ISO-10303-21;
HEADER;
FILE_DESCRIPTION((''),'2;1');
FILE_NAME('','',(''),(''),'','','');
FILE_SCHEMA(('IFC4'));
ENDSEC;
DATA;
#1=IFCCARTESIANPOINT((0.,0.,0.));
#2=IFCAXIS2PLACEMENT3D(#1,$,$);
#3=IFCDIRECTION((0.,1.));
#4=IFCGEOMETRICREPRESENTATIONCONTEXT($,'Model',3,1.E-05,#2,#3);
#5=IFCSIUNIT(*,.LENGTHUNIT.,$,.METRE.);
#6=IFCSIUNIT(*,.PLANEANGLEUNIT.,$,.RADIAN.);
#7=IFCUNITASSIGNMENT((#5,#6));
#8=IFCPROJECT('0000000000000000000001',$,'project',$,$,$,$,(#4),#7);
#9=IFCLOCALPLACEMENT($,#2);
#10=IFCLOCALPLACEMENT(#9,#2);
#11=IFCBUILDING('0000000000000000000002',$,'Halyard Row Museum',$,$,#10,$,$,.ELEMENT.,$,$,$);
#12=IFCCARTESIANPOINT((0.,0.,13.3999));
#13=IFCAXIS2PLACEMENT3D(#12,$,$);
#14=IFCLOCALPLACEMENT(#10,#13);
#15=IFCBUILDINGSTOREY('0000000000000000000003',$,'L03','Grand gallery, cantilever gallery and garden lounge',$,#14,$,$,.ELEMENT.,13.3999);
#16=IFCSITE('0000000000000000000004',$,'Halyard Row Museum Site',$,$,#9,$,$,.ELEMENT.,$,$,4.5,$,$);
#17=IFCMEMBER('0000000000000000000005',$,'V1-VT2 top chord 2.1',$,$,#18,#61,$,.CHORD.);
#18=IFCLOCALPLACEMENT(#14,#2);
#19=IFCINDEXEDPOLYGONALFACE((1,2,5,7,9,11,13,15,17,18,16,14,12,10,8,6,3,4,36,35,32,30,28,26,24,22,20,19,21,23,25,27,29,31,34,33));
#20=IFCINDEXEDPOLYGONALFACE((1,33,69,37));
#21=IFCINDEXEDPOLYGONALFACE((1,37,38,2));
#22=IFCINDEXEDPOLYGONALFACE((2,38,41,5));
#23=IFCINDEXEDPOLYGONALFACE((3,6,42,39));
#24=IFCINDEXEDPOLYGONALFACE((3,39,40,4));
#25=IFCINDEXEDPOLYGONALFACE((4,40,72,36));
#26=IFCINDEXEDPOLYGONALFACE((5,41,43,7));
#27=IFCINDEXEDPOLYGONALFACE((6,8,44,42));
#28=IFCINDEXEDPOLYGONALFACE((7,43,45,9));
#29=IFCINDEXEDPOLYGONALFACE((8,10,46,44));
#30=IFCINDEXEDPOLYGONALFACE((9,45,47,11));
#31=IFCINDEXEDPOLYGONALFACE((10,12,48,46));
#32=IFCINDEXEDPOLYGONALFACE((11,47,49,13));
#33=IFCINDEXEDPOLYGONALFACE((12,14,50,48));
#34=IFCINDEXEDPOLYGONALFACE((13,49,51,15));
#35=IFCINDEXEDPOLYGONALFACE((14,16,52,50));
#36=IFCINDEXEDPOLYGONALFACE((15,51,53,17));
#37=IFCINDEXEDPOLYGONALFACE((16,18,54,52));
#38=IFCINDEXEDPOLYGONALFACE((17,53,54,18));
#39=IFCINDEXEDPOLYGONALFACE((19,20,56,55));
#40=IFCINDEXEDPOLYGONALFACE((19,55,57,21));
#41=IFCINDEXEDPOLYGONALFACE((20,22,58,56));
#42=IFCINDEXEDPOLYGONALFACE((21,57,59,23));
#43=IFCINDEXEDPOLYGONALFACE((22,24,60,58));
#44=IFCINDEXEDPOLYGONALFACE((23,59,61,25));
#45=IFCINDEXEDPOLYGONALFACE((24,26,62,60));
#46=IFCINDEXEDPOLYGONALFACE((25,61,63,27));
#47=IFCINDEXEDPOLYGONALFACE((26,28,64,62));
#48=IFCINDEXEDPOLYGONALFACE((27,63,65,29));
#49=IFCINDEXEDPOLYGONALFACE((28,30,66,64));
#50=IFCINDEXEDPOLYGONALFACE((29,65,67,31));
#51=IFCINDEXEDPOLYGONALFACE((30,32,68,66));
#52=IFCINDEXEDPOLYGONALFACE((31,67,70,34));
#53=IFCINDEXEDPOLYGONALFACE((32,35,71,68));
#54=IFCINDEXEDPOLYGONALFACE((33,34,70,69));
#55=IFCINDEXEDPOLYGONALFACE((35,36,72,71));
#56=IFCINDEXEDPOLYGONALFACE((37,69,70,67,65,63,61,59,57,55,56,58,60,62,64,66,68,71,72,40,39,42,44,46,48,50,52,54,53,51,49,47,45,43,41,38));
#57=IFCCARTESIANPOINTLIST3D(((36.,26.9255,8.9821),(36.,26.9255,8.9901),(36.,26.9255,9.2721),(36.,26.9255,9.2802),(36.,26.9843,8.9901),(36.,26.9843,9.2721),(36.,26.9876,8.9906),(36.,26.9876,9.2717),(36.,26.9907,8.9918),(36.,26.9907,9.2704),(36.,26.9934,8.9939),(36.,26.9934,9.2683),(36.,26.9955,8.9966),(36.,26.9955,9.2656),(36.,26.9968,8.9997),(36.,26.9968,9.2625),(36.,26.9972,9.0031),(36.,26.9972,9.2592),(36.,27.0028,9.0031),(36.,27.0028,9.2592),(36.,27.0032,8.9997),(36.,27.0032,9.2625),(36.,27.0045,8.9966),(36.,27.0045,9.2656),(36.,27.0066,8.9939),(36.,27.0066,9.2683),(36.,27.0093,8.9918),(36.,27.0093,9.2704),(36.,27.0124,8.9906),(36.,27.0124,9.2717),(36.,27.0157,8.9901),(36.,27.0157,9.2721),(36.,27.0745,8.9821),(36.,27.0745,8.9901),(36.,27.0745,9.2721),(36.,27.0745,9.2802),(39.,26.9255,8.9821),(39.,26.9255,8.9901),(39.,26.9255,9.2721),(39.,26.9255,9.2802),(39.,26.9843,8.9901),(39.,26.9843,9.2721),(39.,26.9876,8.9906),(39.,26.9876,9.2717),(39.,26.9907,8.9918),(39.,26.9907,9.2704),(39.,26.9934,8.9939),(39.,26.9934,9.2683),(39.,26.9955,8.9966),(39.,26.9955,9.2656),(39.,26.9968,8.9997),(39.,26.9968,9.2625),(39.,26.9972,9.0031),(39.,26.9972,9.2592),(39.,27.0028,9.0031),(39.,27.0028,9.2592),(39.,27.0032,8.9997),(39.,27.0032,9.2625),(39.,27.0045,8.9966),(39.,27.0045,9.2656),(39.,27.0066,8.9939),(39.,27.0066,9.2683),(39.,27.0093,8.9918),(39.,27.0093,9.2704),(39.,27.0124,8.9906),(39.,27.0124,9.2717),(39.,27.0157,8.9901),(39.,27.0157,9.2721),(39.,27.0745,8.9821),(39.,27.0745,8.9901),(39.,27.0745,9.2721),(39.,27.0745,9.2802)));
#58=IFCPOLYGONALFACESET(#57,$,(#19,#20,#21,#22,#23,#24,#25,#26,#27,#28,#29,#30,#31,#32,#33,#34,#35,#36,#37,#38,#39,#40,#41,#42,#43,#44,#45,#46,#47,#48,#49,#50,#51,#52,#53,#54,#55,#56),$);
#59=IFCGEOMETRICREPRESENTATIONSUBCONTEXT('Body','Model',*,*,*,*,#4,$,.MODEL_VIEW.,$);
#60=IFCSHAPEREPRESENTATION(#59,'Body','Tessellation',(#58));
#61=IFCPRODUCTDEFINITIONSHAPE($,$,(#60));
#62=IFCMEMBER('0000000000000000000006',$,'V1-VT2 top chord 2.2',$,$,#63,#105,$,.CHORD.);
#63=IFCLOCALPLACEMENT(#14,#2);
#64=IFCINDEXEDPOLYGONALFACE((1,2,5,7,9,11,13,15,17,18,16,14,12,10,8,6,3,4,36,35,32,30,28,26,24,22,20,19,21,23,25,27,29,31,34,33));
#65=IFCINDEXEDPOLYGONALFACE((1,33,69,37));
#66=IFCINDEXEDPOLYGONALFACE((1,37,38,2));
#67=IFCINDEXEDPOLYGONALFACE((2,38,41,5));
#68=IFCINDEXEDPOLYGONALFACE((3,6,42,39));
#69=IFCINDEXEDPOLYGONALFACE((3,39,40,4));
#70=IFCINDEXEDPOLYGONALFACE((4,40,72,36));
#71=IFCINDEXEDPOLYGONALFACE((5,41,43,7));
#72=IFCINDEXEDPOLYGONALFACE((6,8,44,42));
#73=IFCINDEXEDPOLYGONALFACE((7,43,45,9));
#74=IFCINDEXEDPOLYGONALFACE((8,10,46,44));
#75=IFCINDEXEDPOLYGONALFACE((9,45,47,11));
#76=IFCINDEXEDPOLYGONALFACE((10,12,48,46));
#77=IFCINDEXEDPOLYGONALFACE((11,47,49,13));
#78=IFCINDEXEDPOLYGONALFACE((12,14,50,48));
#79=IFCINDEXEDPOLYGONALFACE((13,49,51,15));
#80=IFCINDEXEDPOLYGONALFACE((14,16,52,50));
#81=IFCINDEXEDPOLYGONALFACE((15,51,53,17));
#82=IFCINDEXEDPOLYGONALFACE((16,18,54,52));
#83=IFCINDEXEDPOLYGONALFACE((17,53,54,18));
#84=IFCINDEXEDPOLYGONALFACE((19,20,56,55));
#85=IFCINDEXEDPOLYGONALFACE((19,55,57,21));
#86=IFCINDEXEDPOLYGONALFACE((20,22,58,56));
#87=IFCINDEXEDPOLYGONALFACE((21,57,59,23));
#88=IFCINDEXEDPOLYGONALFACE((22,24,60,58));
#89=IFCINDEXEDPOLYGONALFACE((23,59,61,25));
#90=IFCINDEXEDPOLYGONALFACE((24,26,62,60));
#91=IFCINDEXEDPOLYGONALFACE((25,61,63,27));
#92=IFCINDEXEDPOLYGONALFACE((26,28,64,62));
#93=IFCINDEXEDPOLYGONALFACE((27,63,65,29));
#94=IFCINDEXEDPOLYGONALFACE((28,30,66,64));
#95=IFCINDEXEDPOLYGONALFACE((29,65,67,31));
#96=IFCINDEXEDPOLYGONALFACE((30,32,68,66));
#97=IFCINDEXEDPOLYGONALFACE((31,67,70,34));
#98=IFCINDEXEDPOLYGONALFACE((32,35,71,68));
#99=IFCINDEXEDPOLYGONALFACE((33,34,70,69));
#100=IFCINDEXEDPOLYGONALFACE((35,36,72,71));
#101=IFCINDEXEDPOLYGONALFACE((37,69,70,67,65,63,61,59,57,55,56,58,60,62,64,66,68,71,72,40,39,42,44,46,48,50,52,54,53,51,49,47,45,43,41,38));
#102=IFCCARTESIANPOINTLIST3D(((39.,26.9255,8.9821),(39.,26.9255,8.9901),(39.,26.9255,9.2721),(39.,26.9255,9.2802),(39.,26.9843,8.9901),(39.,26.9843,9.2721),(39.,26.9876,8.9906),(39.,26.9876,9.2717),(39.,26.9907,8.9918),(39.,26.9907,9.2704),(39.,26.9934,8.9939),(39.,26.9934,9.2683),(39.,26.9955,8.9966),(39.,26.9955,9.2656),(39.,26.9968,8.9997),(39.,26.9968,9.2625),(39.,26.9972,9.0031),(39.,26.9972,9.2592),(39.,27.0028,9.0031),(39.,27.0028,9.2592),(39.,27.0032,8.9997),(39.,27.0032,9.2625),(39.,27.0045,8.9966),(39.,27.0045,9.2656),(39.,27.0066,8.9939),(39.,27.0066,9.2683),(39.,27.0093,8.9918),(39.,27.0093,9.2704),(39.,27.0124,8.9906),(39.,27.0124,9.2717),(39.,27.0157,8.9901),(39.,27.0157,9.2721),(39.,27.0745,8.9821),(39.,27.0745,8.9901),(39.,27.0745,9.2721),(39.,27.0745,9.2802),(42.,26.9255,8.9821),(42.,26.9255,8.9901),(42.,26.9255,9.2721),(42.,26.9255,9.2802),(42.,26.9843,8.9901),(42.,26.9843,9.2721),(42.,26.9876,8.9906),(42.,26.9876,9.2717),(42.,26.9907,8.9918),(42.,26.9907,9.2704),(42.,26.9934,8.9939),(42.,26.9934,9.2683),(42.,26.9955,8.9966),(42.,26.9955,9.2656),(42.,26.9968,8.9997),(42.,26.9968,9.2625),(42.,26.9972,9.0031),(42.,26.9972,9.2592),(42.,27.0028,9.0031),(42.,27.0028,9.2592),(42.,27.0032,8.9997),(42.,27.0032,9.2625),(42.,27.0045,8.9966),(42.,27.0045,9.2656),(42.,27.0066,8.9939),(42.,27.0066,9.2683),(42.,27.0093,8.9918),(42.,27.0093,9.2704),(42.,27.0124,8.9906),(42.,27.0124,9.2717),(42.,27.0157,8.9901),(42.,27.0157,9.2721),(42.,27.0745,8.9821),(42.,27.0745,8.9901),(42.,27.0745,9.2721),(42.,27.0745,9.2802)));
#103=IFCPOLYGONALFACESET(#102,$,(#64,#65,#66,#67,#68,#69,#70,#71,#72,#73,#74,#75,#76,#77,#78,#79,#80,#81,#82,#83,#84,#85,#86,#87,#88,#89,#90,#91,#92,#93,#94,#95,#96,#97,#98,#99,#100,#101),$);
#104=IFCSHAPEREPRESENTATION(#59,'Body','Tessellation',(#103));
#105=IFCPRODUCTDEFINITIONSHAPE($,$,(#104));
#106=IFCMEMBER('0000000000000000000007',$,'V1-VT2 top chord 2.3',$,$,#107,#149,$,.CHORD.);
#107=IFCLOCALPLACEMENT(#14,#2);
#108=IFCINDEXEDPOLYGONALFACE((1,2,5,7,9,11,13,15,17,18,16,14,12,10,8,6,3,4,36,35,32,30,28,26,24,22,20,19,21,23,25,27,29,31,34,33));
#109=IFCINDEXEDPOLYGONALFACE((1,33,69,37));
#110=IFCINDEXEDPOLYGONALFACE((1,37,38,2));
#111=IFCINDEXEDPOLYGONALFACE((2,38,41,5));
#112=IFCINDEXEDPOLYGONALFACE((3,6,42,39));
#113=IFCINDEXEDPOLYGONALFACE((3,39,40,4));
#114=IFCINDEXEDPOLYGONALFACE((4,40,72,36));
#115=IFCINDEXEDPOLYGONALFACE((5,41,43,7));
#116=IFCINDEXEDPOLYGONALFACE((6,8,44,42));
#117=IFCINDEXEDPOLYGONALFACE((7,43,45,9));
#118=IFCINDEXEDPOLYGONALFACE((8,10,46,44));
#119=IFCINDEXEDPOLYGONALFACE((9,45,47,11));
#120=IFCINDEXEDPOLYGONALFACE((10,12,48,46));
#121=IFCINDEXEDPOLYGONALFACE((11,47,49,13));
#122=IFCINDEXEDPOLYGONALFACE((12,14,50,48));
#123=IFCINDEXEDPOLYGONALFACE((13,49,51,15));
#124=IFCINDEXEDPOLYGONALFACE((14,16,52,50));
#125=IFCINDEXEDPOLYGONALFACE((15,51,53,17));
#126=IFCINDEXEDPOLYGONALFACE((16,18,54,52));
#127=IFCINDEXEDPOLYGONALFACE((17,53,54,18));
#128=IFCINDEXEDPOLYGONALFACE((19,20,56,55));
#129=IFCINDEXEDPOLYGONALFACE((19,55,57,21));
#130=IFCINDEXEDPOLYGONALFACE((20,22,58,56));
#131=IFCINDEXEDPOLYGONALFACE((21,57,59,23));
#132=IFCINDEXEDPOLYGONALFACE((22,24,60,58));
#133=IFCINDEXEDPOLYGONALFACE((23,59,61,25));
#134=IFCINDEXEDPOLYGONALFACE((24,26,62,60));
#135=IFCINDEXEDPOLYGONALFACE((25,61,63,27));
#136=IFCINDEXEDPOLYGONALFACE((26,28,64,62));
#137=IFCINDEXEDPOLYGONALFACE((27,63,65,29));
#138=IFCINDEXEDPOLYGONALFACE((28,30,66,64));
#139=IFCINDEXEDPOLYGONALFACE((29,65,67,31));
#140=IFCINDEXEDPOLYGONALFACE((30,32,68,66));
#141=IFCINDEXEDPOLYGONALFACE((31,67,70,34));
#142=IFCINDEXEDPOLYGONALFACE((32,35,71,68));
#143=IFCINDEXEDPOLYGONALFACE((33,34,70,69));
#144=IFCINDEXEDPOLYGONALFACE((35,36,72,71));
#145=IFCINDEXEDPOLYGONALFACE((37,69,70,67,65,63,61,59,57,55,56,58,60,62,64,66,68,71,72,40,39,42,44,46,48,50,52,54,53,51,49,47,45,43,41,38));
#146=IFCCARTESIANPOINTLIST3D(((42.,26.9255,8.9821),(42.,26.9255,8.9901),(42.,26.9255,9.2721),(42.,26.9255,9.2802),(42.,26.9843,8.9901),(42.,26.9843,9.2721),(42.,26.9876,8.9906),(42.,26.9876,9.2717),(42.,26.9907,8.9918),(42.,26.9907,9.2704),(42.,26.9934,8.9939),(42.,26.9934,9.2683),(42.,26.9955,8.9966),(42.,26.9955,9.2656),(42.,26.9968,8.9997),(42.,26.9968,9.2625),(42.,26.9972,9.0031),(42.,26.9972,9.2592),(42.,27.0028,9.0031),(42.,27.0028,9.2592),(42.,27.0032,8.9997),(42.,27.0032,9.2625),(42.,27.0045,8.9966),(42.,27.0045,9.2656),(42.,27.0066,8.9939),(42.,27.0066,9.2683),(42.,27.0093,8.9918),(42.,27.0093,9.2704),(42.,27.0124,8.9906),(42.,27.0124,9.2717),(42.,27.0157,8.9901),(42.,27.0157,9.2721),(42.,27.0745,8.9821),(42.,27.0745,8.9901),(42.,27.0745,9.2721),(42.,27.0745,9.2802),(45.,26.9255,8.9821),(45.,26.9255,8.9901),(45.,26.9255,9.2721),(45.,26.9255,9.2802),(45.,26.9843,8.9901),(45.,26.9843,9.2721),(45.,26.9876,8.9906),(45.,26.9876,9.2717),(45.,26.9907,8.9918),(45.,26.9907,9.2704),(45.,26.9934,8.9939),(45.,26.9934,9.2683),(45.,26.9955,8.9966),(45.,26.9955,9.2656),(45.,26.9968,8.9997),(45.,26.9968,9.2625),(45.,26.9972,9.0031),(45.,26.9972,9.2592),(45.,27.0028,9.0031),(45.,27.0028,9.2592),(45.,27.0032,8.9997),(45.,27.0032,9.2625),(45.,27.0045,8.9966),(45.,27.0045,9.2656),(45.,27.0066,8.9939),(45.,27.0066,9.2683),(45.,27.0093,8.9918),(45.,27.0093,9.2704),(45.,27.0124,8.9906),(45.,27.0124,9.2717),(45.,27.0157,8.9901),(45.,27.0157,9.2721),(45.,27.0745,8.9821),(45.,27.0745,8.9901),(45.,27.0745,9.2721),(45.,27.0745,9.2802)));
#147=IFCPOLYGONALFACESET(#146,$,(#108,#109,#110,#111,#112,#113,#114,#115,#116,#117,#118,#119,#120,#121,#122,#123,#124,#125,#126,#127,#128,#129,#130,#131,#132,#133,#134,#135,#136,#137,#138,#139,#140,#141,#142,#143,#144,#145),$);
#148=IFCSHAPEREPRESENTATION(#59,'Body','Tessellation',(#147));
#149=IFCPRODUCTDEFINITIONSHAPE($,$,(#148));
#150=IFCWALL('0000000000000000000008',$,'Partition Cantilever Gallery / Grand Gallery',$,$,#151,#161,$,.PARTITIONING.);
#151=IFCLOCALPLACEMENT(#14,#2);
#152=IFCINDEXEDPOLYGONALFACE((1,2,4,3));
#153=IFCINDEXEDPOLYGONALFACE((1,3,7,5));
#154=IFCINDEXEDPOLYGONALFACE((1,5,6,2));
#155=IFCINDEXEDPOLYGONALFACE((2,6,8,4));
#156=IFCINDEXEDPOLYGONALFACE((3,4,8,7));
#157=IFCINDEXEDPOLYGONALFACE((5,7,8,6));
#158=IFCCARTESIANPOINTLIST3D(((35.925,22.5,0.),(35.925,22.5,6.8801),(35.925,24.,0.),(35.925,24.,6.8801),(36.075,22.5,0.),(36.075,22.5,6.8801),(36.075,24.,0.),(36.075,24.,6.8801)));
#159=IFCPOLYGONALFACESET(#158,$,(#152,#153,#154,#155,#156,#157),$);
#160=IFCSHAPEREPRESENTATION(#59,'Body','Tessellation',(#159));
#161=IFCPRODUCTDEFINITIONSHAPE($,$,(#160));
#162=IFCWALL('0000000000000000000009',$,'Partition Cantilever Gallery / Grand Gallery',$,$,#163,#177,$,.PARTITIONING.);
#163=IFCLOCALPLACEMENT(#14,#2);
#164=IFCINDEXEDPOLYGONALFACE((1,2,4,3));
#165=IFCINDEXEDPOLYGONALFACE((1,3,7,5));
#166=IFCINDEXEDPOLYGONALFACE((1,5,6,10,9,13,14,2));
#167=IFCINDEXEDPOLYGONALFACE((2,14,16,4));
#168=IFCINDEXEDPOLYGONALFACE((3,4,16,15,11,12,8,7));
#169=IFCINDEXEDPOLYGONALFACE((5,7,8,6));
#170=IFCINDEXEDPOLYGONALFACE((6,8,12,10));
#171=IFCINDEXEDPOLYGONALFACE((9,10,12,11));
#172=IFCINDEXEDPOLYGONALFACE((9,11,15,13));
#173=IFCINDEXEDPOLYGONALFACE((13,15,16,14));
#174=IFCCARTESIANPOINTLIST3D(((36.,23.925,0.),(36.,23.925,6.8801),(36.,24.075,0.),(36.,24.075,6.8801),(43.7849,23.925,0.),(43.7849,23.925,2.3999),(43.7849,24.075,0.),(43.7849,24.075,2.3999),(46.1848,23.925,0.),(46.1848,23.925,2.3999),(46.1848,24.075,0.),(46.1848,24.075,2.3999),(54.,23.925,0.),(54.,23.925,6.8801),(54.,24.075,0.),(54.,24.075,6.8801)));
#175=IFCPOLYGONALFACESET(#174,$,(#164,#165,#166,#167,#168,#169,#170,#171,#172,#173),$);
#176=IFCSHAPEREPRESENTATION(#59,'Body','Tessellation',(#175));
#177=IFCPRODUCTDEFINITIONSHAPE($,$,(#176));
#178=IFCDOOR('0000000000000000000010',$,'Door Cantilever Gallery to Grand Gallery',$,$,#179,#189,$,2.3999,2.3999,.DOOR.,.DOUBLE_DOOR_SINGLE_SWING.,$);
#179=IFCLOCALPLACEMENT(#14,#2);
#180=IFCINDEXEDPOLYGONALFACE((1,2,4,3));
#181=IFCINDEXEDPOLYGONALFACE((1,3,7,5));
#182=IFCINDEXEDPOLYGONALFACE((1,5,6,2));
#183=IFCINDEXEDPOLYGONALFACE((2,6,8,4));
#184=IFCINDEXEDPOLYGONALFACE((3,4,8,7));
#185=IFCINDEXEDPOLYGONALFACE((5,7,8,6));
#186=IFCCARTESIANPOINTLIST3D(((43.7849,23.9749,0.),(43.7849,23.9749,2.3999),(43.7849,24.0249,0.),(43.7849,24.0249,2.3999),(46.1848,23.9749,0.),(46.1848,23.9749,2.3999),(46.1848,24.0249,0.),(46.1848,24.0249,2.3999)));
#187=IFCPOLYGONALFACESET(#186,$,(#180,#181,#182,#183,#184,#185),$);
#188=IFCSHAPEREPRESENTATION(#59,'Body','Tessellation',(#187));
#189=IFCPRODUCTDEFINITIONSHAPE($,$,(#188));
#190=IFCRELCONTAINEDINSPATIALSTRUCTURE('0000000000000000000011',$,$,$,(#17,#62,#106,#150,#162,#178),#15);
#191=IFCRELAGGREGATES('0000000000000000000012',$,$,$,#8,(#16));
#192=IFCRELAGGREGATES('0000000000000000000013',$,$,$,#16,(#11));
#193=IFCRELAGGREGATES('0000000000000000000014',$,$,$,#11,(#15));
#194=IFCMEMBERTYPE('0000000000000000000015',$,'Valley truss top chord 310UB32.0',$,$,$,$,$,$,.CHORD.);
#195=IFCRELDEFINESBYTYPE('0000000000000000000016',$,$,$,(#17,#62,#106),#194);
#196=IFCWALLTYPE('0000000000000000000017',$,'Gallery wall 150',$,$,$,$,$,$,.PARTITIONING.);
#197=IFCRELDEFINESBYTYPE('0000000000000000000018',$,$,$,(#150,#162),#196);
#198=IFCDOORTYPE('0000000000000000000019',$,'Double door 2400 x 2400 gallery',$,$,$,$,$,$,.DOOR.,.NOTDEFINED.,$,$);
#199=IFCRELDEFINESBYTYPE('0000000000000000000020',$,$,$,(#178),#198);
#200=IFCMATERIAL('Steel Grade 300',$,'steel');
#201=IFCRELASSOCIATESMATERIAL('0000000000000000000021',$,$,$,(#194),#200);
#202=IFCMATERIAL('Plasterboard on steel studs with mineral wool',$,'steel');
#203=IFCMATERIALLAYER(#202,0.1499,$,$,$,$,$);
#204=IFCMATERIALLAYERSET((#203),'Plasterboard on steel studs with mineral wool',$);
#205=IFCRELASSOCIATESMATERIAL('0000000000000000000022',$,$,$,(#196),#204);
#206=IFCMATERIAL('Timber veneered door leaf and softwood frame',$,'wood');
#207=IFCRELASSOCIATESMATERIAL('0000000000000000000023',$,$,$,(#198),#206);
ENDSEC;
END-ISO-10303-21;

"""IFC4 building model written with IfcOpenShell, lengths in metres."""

from ifc_helpers import new_model, si_unit, direction, frame, frame_2d, origin, origin_2d, place, context, subcontext, project, spatial, rectangle, i_section, extrude, material, layer, layer_set, material_profile, profile_set, type_object, element, fill, save


model = new_model("IFC4")

# Units and contexts
model_context = context("Model", 3, precision=1e-05, world=origin(), true_north=direction((0.0, 1.0)))
body_context = subcontext(model_context, "Body", "Model", "MODEL_VIEW")
ifc_project = project(units=[si_unit("LENGTHUNIT", "METRE"), si_unit("PLANEANGLEUNIT", "RADIAN")], contexts=[model_context])

# Site, building, storey
site_placement = place(None, origin())
site = spatial("IfcSite", under=ifc_project, at=site_placement, Name="Halyard Row Museum Site", CompositionType="ELEMENT", RefElevation=4.5)
building_placement = place(site_placement, origin())
building = spatial("IfcBuilding", under=site, at=building_placement, Name="Halyard Row Museum", CompositionType="ELEMENT")
storey_placement = place(building_placement, frame((0.0, 0.0, 13.3999)))
storey = spatial("IfcBuildingStorey", under=building, at=storey_placement, Name="L03", Description="Grand gallery, cantilever gallery and garden lounge", CompositionType="ELEMENT", Elevation=13.3999)

# Members
ifc_material_1 = material(Name="Steel Grade 300", Category="steel")
ifc_material_profile_1 = material_profile(ifc_material_1, i_section(OverallWidth=0.1489, OverallDepth=0.2981, WebThickness=0.0056, FlangeThickness=0.0081, FilletRadius=0.0129, at=origin_2d()), Name="310UB32.0")
ifc_profile_set_1 = profile_set([ifc_material_profile_1], Name="Steel Grade 300")
member_type_1 = type_object("IfcMemberType", Name="Valley truss top chord 310UB32.0", PredefinedType="CHORD", material=ifc_profile_set_1)
for number, where, z_axis, x_axis, name in (
    (1, (36.0, 27.0, 9.1311), (1.0, 0.0, 0.0), (0.0, 1.0, 0.0), "V1-VT2 top chord 2.1"),
    (2, (39.0, 27.0, 9.1311), (1.0, 0.0, 0.0), (0.0, 1.0, 0.0), "V1-VT2 top chord 2.2"),
    (3, (42.0, 27.0, 9.1311), (1.0, 0.0, 0.0), (0.0, 1.0, 0.0), "V1-VT2 top chord 2.3"),
):
    element("IfcMember", number, at=place(storey_placement, frame(where, z_axis=z_axis, x_axis=x_axis)), inside=storey, type_object=member_type_1, Name=name, PredefinedType="CHORD", context=body_context, shape_type="SweptSolid", body=[
        extrude(i_section(OverallWidth=0.1489, OverallDepth=0.2981, WebThickness=0.0056, FlangeThickness=0.0081, FilletRadius=0.0129, at=origin_2d()), origin(), (0.0, 0.0, 1.0), 3.0),
    ])

# Wall
ifc_material_2 = material(Name="Plasterboard on steel studs with mineral wool", Category="steel")
ifc_layer = layer(ifc_material_2, 0.1499)
ifc_layer_set = layer_set([ifc_layer], Name="Plasterboard on steel studs with mineral wool")
wall_type = type_object("IfcWallType", Name="Gallery wall 150", PredefinedType="PARTITIONING", material=ifc_layer_set)
wall_1_placement = place(storey_placement, frame((36.0, 22.5, 0.0), z_axis=(0.0, 0.0, 1.0), x_axis=(0.0, 1.0, 0.0)))
element("IfcWall", 4, at=wall_1_placement, inside=storey, type_object=wall_type, Name="Partition Cantilever Gallery / Grand Gallery", PredefinedType="PARTITIONING", context=body_context, shape_type="SweptSolid", body=[
    extrude(rectangle(XDim=1.5, YDim=0.1499, at=frame_2d((0.75, 0.0))), origin(), (0.0, 0.0, 1.0), 6.8801),
])

# Wall, opening, door
wall_2_placement = place(storey_placement, frame((36.0, 24.0, 0.0), z_axis=(0.0, 0.0, 1.0), x_axis=(1.0, 0.0, 0.0)))
wall_2 = element("IfcWall", 5, at=wall_2_placement, inside=storey, type_object=wall_type, Name="Partition Cantilever Gallery / Grand Gallery", PredefinedType="PARTITIONING", context=body_context, shape_type="SweptSolid", body=[
    extrude(rectangle(XDim=18.0, YDim=0.1499, at=frame_2d((9.0, 0.0))), origin(), (0.0, 0.0, 1.0), 6.8801),
])
opening_placement = place(wall_2_placement, frame((7.7849, 0.0, 0.0)))
opening = element("IfcOpeningElement", 6, at=opening_placement, cuts=wall_2, PredefinedType="OPENING", context=body_context, shape_type="SweptSolid", body=[
    extrude(rectangle(XDim=2.3999, YDim=2.3999, at=frame_2d((1.2, 1.2))), frame((0.0, 0.085, 0.0), z_axis=(0.0, -1.0, 0.0), x_axis=(1.0, 0.0, 0.0)), (0.0, 0.0, 1.0), 0.1699),
])
ifc_material_3 = material(Name="Timber veneered door leaf and softwood frame", Category="wood")
door_type = type_object("IfcDoorType", Name="Double door 2400 x 2400 gallery", OperationType="NOTDEFINED", PredefinedType="DOOR", material=ifc_material_3)
door_placement = place(opening_placement, origin())
door = element("IfcDoor", 7, at=door_placement, inside=storey, type_object=door_type, Name="Door Cantilever Gallery to Grand Gallery", OperationType="DOUBLE_DOOR_SINGLE_SWING", OverallHeight=2.3999, OverallWidth=2.3999, PredefinedType="DOOR", context=body_context, shape_type="SweptSolid", body=[
    extrude(rectangle(XDim=2.3999, YDim=2.3999, at=frame_2d((1.2, 1.2))), frame((0.0, 0.0249, 0.0), z_axis=(0.0, -1.0, 0.0), x_axis=(1.0, 0.0, 0.0)), (0.0, 0.0, 1.0), 0.05),
])
fill(opening, door)

save(model, "model.ifc")
